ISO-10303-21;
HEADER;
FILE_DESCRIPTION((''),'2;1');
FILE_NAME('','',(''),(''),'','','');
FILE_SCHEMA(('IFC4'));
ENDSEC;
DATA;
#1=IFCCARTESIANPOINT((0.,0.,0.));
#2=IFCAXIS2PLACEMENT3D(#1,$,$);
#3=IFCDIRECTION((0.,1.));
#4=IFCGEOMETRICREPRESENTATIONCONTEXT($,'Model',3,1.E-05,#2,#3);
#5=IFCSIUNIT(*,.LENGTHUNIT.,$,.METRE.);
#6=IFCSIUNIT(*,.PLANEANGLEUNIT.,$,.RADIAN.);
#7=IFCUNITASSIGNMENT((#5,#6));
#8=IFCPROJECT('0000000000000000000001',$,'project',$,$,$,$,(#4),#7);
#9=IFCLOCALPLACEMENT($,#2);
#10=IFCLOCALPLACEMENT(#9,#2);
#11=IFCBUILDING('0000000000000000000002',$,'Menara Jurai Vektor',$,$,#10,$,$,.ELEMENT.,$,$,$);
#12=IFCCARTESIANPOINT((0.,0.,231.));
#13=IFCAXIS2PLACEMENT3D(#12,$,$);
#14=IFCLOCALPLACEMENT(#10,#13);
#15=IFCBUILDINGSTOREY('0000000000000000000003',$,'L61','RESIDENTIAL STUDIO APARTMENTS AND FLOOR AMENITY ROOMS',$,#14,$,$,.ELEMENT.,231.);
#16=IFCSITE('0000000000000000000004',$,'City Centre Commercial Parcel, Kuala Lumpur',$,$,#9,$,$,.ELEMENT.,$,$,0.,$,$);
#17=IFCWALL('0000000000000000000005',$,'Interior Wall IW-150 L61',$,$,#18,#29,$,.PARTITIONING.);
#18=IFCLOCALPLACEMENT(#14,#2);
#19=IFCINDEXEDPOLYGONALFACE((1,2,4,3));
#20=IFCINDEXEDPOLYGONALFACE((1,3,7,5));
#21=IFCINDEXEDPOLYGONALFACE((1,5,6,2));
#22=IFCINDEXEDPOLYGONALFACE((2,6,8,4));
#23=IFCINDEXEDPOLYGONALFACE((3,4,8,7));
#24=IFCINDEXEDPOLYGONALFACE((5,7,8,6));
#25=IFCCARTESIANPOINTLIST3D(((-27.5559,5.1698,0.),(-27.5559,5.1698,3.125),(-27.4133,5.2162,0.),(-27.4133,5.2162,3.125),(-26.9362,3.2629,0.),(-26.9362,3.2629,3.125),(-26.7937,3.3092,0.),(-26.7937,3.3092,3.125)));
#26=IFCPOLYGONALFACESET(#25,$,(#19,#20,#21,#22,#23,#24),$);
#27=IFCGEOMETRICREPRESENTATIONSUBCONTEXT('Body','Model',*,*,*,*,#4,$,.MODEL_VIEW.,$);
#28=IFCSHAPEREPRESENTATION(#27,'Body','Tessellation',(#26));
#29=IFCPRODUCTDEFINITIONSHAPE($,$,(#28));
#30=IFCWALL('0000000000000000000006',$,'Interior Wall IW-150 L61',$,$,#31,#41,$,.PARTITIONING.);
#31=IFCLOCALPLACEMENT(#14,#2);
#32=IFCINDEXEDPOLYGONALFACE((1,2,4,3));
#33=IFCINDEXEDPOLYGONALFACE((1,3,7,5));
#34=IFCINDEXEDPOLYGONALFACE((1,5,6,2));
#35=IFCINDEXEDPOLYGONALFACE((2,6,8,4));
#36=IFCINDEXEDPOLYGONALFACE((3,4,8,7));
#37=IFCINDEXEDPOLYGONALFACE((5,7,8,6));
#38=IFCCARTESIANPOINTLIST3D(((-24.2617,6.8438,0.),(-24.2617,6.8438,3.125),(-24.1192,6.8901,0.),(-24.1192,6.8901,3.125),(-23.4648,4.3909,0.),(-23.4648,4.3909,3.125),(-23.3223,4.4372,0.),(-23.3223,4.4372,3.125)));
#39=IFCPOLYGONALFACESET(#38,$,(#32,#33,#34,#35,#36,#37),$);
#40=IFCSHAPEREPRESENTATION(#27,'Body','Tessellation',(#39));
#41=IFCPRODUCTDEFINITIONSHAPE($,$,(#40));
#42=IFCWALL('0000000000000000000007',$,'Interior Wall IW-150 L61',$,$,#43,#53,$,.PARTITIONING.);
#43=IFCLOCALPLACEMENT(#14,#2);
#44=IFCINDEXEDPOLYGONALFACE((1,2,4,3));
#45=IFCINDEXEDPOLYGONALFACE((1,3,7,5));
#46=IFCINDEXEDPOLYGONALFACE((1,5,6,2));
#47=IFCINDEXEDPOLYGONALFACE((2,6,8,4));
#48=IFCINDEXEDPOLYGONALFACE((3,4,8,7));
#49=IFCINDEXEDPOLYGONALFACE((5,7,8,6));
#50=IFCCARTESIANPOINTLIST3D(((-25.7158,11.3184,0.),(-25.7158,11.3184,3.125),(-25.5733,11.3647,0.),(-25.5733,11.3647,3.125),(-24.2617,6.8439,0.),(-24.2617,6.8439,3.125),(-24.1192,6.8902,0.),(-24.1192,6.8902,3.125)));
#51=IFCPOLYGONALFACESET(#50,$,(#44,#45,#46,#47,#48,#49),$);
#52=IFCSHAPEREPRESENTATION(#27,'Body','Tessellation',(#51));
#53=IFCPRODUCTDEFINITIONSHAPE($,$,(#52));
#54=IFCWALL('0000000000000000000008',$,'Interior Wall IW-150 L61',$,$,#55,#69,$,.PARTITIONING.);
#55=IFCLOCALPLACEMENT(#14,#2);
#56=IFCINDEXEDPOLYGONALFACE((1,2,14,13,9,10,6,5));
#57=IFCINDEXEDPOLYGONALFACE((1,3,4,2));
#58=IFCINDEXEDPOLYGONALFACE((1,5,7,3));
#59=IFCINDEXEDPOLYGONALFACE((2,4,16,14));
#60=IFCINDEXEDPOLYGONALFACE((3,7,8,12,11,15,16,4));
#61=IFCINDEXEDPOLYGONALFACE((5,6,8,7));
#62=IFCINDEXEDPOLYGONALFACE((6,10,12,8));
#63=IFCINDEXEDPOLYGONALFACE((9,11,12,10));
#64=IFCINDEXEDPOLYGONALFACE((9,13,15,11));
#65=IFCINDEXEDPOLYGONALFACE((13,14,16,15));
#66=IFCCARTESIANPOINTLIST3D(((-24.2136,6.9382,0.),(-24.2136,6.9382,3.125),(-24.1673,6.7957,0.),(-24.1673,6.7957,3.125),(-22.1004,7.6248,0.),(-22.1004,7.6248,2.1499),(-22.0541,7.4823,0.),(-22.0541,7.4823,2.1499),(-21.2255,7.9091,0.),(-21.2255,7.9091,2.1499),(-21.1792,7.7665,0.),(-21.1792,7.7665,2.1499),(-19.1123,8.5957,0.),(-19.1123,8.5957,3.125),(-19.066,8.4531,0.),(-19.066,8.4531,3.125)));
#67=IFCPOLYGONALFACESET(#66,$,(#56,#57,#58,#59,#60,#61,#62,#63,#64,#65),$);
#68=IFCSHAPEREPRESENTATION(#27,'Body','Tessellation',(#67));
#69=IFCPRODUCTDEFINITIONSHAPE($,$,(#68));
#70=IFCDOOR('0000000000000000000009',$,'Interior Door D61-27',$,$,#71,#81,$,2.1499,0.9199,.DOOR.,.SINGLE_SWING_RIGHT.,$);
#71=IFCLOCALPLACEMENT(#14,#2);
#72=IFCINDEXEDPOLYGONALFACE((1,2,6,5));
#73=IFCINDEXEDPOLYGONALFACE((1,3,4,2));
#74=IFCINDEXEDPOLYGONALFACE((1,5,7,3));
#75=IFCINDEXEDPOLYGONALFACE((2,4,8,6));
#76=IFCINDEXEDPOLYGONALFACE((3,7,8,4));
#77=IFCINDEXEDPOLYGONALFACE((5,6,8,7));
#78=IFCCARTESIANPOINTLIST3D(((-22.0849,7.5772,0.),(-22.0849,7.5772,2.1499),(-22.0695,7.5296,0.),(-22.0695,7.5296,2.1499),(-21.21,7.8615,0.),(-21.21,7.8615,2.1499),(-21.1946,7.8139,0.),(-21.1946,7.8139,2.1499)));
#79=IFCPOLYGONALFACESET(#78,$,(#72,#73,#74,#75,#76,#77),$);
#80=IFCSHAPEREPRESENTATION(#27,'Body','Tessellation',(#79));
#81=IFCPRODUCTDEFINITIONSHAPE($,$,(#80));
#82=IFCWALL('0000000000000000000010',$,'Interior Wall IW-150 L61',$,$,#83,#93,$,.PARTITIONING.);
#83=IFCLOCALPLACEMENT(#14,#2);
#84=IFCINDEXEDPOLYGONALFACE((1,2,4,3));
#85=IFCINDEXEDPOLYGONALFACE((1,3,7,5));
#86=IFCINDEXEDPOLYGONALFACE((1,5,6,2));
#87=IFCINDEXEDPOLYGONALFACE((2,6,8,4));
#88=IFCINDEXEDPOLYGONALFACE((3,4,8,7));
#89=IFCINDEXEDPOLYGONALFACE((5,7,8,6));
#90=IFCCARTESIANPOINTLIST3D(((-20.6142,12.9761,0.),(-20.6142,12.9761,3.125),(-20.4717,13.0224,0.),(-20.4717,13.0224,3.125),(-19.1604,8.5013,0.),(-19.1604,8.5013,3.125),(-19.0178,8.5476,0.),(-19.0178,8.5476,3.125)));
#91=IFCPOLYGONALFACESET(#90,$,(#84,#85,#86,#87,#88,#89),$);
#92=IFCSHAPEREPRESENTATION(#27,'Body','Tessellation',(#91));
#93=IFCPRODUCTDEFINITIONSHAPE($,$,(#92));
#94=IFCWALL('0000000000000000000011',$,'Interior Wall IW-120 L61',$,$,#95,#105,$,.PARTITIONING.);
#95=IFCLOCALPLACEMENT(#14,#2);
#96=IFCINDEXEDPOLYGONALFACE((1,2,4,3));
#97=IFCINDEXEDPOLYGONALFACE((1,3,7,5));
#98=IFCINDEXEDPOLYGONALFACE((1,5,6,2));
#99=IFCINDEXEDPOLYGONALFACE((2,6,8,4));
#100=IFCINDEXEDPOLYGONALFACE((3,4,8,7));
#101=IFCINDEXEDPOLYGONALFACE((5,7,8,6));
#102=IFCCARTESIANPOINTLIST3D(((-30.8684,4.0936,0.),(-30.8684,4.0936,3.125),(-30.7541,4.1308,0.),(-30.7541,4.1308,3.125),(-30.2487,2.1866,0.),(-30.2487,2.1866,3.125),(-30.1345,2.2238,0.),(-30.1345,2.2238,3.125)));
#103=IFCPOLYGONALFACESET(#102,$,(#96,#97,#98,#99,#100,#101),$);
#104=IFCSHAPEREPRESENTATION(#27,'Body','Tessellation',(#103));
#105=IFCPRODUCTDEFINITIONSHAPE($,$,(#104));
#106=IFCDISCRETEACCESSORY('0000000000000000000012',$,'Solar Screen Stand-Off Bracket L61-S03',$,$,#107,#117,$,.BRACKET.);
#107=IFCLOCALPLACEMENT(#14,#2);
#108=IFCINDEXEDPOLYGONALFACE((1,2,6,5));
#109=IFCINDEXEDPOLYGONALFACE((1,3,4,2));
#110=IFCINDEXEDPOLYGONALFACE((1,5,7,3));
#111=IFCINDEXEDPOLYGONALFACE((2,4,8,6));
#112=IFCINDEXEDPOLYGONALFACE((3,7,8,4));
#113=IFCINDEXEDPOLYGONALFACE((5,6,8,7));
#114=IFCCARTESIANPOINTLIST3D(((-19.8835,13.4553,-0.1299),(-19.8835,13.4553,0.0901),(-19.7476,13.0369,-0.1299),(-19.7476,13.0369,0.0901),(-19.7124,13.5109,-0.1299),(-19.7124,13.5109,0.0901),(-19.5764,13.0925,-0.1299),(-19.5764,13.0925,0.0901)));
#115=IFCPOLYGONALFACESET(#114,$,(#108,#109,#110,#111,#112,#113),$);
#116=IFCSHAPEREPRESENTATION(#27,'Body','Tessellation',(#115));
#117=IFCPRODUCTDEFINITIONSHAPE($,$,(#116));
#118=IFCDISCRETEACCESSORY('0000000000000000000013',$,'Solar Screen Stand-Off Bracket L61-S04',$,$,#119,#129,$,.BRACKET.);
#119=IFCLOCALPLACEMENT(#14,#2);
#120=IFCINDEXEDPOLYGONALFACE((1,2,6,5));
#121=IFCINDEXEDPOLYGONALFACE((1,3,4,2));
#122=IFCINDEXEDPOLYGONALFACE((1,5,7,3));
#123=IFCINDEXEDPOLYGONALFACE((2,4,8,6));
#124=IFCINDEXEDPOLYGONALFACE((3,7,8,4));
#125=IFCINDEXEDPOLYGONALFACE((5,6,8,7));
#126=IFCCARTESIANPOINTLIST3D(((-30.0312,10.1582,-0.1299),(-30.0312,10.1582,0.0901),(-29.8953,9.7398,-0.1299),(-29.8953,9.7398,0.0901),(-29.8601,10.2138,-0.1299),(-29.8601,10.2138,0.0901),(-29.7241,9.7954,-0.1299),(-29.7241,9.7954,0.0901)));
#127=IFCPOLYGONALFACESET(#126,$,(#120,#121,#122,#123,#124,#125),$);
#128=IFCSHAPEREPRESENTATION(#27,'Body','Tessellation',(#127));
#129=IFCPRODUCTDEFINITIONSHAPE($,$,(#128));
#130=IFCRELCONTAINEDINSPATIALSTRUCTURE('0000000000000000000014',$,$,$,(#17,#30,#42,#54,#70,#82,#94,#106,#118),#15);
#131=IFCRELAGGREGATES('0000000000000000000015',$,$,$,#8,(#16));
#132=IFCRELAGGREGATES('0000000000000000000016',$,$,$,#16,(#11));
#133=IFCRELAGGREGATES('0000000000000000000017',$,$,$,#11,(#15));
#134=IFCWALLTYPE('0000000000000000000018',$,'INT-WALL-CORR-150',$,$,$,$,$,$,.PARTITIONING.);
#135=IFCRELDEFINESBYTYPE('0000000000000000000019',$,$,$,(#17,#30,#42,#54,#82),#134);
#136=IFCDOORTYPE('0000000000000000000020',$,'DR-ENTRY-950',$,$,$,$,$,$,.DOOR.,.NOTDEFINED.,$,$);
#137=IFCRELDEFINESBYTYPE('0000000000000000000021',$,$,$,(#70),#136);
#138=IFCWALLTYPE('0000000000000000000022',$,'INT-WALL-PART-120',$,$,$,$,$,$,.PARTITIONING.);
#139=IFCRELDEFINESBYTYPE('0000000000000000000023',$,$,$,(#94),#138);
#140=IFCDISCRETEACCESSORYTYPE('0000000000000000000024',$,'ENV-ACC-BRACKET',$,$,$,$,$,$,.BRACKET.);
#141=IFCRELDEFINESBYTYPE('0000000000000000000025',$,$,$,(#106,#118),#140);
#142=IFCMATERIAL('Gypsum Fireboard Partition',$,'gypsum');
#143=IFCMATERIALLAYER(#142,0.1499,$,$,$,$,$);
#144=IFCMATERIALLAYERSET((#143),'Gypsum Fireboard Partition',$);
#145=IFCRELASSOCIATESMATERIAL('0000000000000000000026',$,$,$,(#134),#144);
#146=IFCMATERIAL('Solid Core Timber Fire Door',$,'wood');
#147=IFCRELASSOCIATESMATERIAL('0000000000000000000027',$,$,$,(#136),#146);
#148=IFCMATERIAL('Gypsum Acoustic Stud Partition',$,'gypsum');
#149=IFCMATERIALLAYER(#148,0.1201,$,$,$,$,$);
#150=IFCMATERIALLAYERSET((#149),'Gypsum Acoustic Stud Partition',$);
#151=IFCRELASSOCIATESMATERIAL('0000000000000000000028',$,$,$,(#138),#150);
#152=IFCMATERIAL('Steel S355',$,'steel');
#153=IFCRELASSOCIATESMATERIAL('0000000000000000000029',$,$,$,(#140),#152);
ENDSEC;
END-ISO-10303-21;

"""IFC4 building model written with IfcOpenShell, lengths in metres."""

from ifc_helpers import new_model, si_unit, direction, frame, frame_2d, origin, origin_2d, place, context, subcontext, project, spatial, rectangle, extrude, material, layer, layer_set, type_object, element, fill, save


model = new_model("IFC4")

# Units and contexts
model_context = context("Model", 3, precision=1e-05, world=origin(), true_north=direction((0.0, 1.0)))
body_context = subcontext(model_context, "Body", "Model", "MODEL_VIEW")
ifc_project = project(units=[si_unit("LENGTHUNIT", "METRE"), si_unit("PLANEANGLEUNIT", "RADIAN")], contexts=[model_context])

# Site, building, storey
site_placement = place(None, origin())
site = spatial("IfcSite", under=ifc_project, at=site_placement, Name="City Centre Commercial Parcel, Kuala Lumpur", CompositionType="ELEMENT", RefElevation=0.0)
building_placement = place(site_placement, origin())
building = spatial("IfcBuilding", under=site, at=building_placement, Name="Menara Jurai Vektor", CompositionType="ELEMENT")
storey_placement = place(building_placement, frame((0.0, 0.0, 231.0)))
storey = spatial("IfcBuildingStorey", under=building, at=storey_placement, Name="L61", Description="RESIDENTIAL STUDIO APARTMENTS AND FLOOR AMENITY ROOMS", CompositionType="ELEMENT", Elevation=231.0)

# Shared definitions
ifc_material_1 = material(Name="Steel S355", Category="steel")

# Shared definitions
ifc_material_2 = material(Name="Gypsum Fireboard Partition", Category="gypsum")
ifc_layer_1 = layer(ifc_material_2, 0.1499)
ifc_layer_set_1 = layer_set([ifc_layer_1], Name="Gypsum Fireboard Partition")
wall_type_1 = type_object("IfcWallType", Name="INT-WALL-CORR-150", PredefinedType="PARTITIONING", material=ifc_layer_set_1)

# Shared definitions
ifc_material_3 = material(Name="Solid Core Timber Fire Door", Category="wood")
door_type_1 = type_object("IfcDoorType", Name="DR-ENTRY-950", OperationType="NOTDEFINED", PredefinedType="DOOR", material=ifc_material_3)

# Walls
wall_1_placement = place(storey_placement, frame((-26.865, 3.2861, 0.0), z_axis=(0.0, 0.0, 1.0), x_axis=(-0.309023, 0.951055, 0.0)))
element("IfcWall", 1, at=wall_1_placement, inside=storey, type_object=wall_type_1, Name="Interior Wall IW-150 L61", PredefinedType="PARTITIONING", context=body_context, shape_type="SweptSolid", body=[
    extrude(rectangle(XDim=2.0051, YDim=0.1499, at=frame_2d((1.0024, 0.0))), origin(), (0.0, 0.0, 1.0), 3.125),
])
wall_2_placement = place(storey_placement, frame((-23.3936, 4.4141, 0.0), z_axis=(0.0, 0.0, 1.0), x_axis=(-0.308977, 0.95107, 0.0)))
element("IfcWall", 2, at=wall_2_placement, inside=storey, type_object=wall_type_1, Name="Interior Wall IW-150 L61", PredefinedType="PARTITIONING", context=body_context, shape_type="SweptSolid", body=[
    extrude(rectangle(XDim=2.5791, YDim=0.1499, at=frame_2d((1.2896, 0.0))), origin(), (0.0, 0.0, 1.0), 3.125),
])
wall_3_placement = place(storey_placement, frame((-24.1904, 6.8669, 0.0), z_axis=(0.0, 0.0, 1.0), x_axis=(-0.309058, 0.951043, 0.0)))
element("IfcWall", 3, at=wall_3_placement, inside=storey, type_object=wall_type_1, Name="Interior Wall IW-150 L61", PredefinedType="PARTITIONING", context=body_context, shape_type="SweptSolid", body=[
    extrude(rectangle(XDim=4.7048, YDim=0.1499, at=frame_2d((2.3525, 0.0))), origin(), (0.0, 0.0, 1.0), 3.125),
])

# Wall, opening, door
wall_4_placement = place(storey_placement, frame((-24.1904, 6.8669, 0.0), z_axis=(0.0, 0.0, 1.0), x_axis=(0.951059, 0.309009, 0.0)))
wall_4 = element("IfcWall", 4, at=wall_4_placement, inside=storey, type_object=wall_type_1, Name="Interior Wall IW-150 L61", PredefinedType="PARTITIONING", context=body_context, shape_type="SweptSolid", body=[
    extrude(rectangle(XDim=5.3638, YDim=0.1499, at=frame_2d((2.6819, 0.0))), origin(), (0.0, 0.0, 1.0), 3.125),
])
opening_1_placement = place(wall_4_placement, frame((2.2219, 0.0, 0.0)))
opening_1 = element("IfcOpeningElement", 5, at=opening_1_placement, cuts=wall_4, PredefinedType="OPENING", context=body_context, shape_type="SweptSolid", body=[
    extrude(rectangle(XDim=0.9199, YDim=2.1499, at=frame_2d((0.46, 1.075))), frame((0.0, 0.085, 0.0), z_axis=(0.0, -1.0, 0.0), x_axis=(1.0, 0.0, 0.0)), (0.0, 0.0, 1.0), 0.1699),
])
door_1_placement = place(opening_1_placement, origin())
door_1 = element("IfcDoor", 6, at=door_1_placement, inside=storey, type_object=door_type_1, Name="Interior Door D61-27", OperationType="SINGLE_SWING_RIGHT", OverallHeight=2.1499, OverallWidth=0.9199, PredefinedType="DOOR", context=body_context, shape_type="SweptSolid", body=[
    extrude(rectangle(XDim=0.9199, YDim=2.1499, at=frame_2d((0.46, 1.075))), frame((0.0, 0.0249, 0.0), z_axis=(0.0, -1.0, 0.0), x_axis=(1.0, 0.0, 0.0)), (0.0, 0.0, 1.0), 0.05),
])
fill(opening_1, door_1)

# Walls
wall_5_placement = place(storey_placement, frame((-19.0891, 8.5244, 0.0), z_axis=(0.0, 0.0, 1.0), x_axis=(-0.308996, 0.951063, 0.0)))
element("IfcWall", 7, at=wall_5_placement, inside=storey, type_object=wall_type_1, Name="Interior Wall IW-150 L61", PredefinedType="PARTITIONING", context=body_context, shape_type="SweptSolid", body=[
    extrude(rectangle(XDim=4.7051, YDim=0.1499, at=frame_2d((2.3525, 0.0))), origin(), (0.0, 0.0, 1.0), 3.125),
])
ifc_material_4 = material(Name="Gypsum Acoustic Stud Partition", Category="gypsum")
ifc_layer_2 = layer(ifc_material_4, 0.1201)
ifc_layer_set_2 = layer_set([ifc_layer_2], Name="Gypsum Acoustic Stud Partition")
wall_type_2 = type_object("IfcWallType", Name="INT-WALL-PART-120", PredefinedType="PARTITIONING", material=ifc_layer_set_2)
wall_6_placement = place(storey_placement, frame((-30.1917, 2.2053, 0.0), z_axis=(0.0, 0.0, 1.0), x_axis=(-0.309023, 0.951055, 0.0)))
element("IfcWall", 8, at=wall_6_placement, inside=storey, type_object=wall_type_2, Name="Interior Wall IW-120 L61", PredefinedType="PARTITIONING", context=body_context, shape_type="SweptSolid", body=[
    extrude(rectangle(XDim=2.0051, YDim=0.1201, at=frame_2d((1.0024, 0.0))), origin(), (0.0, 0.0, 1.0), 3.125),
])

# Discrete accessories
discrete_accessory_type = type_object("IfcDiscreteAccessoryType", Name="ENV-ACC-BRACKET", PredefinedType="BRACKET", material=ifc_material_1)
for number, where, z_axis, x_axis, name in (
    (9, (-19.73, 13.2739, -0.1299), (0.0, 0.0, 1.0), (-0.951057, -0.309017, 0.0), "Solar Screen Stand-Off Bracket L61-S03"),
    (10, (-29.8777, 9.9768, -0.1299), (0.0, 0.0, 1.0), (-0.951057, -0.309017, 0.0), "Solar Screen Stand-Off Bracket L61-S04"),
):
    element("IfcDiscreteAccessory", number, at=place(storey_placement, frame(where, z_axis=z_axis, x_axis=x_axis)), inside=storey, type_object=discrete_accessory_type, Name=name, PredefinedType="BRACKET", context=body_context, shape_type="SweptSolid", body=[
        extrude(rectangle(XDim=0.1799, YDim=0.4399, at=origin_2d()), origin(), (0.0, 0.0, 1.0), 0.22),
    ])

save(model, "model.ifc")
